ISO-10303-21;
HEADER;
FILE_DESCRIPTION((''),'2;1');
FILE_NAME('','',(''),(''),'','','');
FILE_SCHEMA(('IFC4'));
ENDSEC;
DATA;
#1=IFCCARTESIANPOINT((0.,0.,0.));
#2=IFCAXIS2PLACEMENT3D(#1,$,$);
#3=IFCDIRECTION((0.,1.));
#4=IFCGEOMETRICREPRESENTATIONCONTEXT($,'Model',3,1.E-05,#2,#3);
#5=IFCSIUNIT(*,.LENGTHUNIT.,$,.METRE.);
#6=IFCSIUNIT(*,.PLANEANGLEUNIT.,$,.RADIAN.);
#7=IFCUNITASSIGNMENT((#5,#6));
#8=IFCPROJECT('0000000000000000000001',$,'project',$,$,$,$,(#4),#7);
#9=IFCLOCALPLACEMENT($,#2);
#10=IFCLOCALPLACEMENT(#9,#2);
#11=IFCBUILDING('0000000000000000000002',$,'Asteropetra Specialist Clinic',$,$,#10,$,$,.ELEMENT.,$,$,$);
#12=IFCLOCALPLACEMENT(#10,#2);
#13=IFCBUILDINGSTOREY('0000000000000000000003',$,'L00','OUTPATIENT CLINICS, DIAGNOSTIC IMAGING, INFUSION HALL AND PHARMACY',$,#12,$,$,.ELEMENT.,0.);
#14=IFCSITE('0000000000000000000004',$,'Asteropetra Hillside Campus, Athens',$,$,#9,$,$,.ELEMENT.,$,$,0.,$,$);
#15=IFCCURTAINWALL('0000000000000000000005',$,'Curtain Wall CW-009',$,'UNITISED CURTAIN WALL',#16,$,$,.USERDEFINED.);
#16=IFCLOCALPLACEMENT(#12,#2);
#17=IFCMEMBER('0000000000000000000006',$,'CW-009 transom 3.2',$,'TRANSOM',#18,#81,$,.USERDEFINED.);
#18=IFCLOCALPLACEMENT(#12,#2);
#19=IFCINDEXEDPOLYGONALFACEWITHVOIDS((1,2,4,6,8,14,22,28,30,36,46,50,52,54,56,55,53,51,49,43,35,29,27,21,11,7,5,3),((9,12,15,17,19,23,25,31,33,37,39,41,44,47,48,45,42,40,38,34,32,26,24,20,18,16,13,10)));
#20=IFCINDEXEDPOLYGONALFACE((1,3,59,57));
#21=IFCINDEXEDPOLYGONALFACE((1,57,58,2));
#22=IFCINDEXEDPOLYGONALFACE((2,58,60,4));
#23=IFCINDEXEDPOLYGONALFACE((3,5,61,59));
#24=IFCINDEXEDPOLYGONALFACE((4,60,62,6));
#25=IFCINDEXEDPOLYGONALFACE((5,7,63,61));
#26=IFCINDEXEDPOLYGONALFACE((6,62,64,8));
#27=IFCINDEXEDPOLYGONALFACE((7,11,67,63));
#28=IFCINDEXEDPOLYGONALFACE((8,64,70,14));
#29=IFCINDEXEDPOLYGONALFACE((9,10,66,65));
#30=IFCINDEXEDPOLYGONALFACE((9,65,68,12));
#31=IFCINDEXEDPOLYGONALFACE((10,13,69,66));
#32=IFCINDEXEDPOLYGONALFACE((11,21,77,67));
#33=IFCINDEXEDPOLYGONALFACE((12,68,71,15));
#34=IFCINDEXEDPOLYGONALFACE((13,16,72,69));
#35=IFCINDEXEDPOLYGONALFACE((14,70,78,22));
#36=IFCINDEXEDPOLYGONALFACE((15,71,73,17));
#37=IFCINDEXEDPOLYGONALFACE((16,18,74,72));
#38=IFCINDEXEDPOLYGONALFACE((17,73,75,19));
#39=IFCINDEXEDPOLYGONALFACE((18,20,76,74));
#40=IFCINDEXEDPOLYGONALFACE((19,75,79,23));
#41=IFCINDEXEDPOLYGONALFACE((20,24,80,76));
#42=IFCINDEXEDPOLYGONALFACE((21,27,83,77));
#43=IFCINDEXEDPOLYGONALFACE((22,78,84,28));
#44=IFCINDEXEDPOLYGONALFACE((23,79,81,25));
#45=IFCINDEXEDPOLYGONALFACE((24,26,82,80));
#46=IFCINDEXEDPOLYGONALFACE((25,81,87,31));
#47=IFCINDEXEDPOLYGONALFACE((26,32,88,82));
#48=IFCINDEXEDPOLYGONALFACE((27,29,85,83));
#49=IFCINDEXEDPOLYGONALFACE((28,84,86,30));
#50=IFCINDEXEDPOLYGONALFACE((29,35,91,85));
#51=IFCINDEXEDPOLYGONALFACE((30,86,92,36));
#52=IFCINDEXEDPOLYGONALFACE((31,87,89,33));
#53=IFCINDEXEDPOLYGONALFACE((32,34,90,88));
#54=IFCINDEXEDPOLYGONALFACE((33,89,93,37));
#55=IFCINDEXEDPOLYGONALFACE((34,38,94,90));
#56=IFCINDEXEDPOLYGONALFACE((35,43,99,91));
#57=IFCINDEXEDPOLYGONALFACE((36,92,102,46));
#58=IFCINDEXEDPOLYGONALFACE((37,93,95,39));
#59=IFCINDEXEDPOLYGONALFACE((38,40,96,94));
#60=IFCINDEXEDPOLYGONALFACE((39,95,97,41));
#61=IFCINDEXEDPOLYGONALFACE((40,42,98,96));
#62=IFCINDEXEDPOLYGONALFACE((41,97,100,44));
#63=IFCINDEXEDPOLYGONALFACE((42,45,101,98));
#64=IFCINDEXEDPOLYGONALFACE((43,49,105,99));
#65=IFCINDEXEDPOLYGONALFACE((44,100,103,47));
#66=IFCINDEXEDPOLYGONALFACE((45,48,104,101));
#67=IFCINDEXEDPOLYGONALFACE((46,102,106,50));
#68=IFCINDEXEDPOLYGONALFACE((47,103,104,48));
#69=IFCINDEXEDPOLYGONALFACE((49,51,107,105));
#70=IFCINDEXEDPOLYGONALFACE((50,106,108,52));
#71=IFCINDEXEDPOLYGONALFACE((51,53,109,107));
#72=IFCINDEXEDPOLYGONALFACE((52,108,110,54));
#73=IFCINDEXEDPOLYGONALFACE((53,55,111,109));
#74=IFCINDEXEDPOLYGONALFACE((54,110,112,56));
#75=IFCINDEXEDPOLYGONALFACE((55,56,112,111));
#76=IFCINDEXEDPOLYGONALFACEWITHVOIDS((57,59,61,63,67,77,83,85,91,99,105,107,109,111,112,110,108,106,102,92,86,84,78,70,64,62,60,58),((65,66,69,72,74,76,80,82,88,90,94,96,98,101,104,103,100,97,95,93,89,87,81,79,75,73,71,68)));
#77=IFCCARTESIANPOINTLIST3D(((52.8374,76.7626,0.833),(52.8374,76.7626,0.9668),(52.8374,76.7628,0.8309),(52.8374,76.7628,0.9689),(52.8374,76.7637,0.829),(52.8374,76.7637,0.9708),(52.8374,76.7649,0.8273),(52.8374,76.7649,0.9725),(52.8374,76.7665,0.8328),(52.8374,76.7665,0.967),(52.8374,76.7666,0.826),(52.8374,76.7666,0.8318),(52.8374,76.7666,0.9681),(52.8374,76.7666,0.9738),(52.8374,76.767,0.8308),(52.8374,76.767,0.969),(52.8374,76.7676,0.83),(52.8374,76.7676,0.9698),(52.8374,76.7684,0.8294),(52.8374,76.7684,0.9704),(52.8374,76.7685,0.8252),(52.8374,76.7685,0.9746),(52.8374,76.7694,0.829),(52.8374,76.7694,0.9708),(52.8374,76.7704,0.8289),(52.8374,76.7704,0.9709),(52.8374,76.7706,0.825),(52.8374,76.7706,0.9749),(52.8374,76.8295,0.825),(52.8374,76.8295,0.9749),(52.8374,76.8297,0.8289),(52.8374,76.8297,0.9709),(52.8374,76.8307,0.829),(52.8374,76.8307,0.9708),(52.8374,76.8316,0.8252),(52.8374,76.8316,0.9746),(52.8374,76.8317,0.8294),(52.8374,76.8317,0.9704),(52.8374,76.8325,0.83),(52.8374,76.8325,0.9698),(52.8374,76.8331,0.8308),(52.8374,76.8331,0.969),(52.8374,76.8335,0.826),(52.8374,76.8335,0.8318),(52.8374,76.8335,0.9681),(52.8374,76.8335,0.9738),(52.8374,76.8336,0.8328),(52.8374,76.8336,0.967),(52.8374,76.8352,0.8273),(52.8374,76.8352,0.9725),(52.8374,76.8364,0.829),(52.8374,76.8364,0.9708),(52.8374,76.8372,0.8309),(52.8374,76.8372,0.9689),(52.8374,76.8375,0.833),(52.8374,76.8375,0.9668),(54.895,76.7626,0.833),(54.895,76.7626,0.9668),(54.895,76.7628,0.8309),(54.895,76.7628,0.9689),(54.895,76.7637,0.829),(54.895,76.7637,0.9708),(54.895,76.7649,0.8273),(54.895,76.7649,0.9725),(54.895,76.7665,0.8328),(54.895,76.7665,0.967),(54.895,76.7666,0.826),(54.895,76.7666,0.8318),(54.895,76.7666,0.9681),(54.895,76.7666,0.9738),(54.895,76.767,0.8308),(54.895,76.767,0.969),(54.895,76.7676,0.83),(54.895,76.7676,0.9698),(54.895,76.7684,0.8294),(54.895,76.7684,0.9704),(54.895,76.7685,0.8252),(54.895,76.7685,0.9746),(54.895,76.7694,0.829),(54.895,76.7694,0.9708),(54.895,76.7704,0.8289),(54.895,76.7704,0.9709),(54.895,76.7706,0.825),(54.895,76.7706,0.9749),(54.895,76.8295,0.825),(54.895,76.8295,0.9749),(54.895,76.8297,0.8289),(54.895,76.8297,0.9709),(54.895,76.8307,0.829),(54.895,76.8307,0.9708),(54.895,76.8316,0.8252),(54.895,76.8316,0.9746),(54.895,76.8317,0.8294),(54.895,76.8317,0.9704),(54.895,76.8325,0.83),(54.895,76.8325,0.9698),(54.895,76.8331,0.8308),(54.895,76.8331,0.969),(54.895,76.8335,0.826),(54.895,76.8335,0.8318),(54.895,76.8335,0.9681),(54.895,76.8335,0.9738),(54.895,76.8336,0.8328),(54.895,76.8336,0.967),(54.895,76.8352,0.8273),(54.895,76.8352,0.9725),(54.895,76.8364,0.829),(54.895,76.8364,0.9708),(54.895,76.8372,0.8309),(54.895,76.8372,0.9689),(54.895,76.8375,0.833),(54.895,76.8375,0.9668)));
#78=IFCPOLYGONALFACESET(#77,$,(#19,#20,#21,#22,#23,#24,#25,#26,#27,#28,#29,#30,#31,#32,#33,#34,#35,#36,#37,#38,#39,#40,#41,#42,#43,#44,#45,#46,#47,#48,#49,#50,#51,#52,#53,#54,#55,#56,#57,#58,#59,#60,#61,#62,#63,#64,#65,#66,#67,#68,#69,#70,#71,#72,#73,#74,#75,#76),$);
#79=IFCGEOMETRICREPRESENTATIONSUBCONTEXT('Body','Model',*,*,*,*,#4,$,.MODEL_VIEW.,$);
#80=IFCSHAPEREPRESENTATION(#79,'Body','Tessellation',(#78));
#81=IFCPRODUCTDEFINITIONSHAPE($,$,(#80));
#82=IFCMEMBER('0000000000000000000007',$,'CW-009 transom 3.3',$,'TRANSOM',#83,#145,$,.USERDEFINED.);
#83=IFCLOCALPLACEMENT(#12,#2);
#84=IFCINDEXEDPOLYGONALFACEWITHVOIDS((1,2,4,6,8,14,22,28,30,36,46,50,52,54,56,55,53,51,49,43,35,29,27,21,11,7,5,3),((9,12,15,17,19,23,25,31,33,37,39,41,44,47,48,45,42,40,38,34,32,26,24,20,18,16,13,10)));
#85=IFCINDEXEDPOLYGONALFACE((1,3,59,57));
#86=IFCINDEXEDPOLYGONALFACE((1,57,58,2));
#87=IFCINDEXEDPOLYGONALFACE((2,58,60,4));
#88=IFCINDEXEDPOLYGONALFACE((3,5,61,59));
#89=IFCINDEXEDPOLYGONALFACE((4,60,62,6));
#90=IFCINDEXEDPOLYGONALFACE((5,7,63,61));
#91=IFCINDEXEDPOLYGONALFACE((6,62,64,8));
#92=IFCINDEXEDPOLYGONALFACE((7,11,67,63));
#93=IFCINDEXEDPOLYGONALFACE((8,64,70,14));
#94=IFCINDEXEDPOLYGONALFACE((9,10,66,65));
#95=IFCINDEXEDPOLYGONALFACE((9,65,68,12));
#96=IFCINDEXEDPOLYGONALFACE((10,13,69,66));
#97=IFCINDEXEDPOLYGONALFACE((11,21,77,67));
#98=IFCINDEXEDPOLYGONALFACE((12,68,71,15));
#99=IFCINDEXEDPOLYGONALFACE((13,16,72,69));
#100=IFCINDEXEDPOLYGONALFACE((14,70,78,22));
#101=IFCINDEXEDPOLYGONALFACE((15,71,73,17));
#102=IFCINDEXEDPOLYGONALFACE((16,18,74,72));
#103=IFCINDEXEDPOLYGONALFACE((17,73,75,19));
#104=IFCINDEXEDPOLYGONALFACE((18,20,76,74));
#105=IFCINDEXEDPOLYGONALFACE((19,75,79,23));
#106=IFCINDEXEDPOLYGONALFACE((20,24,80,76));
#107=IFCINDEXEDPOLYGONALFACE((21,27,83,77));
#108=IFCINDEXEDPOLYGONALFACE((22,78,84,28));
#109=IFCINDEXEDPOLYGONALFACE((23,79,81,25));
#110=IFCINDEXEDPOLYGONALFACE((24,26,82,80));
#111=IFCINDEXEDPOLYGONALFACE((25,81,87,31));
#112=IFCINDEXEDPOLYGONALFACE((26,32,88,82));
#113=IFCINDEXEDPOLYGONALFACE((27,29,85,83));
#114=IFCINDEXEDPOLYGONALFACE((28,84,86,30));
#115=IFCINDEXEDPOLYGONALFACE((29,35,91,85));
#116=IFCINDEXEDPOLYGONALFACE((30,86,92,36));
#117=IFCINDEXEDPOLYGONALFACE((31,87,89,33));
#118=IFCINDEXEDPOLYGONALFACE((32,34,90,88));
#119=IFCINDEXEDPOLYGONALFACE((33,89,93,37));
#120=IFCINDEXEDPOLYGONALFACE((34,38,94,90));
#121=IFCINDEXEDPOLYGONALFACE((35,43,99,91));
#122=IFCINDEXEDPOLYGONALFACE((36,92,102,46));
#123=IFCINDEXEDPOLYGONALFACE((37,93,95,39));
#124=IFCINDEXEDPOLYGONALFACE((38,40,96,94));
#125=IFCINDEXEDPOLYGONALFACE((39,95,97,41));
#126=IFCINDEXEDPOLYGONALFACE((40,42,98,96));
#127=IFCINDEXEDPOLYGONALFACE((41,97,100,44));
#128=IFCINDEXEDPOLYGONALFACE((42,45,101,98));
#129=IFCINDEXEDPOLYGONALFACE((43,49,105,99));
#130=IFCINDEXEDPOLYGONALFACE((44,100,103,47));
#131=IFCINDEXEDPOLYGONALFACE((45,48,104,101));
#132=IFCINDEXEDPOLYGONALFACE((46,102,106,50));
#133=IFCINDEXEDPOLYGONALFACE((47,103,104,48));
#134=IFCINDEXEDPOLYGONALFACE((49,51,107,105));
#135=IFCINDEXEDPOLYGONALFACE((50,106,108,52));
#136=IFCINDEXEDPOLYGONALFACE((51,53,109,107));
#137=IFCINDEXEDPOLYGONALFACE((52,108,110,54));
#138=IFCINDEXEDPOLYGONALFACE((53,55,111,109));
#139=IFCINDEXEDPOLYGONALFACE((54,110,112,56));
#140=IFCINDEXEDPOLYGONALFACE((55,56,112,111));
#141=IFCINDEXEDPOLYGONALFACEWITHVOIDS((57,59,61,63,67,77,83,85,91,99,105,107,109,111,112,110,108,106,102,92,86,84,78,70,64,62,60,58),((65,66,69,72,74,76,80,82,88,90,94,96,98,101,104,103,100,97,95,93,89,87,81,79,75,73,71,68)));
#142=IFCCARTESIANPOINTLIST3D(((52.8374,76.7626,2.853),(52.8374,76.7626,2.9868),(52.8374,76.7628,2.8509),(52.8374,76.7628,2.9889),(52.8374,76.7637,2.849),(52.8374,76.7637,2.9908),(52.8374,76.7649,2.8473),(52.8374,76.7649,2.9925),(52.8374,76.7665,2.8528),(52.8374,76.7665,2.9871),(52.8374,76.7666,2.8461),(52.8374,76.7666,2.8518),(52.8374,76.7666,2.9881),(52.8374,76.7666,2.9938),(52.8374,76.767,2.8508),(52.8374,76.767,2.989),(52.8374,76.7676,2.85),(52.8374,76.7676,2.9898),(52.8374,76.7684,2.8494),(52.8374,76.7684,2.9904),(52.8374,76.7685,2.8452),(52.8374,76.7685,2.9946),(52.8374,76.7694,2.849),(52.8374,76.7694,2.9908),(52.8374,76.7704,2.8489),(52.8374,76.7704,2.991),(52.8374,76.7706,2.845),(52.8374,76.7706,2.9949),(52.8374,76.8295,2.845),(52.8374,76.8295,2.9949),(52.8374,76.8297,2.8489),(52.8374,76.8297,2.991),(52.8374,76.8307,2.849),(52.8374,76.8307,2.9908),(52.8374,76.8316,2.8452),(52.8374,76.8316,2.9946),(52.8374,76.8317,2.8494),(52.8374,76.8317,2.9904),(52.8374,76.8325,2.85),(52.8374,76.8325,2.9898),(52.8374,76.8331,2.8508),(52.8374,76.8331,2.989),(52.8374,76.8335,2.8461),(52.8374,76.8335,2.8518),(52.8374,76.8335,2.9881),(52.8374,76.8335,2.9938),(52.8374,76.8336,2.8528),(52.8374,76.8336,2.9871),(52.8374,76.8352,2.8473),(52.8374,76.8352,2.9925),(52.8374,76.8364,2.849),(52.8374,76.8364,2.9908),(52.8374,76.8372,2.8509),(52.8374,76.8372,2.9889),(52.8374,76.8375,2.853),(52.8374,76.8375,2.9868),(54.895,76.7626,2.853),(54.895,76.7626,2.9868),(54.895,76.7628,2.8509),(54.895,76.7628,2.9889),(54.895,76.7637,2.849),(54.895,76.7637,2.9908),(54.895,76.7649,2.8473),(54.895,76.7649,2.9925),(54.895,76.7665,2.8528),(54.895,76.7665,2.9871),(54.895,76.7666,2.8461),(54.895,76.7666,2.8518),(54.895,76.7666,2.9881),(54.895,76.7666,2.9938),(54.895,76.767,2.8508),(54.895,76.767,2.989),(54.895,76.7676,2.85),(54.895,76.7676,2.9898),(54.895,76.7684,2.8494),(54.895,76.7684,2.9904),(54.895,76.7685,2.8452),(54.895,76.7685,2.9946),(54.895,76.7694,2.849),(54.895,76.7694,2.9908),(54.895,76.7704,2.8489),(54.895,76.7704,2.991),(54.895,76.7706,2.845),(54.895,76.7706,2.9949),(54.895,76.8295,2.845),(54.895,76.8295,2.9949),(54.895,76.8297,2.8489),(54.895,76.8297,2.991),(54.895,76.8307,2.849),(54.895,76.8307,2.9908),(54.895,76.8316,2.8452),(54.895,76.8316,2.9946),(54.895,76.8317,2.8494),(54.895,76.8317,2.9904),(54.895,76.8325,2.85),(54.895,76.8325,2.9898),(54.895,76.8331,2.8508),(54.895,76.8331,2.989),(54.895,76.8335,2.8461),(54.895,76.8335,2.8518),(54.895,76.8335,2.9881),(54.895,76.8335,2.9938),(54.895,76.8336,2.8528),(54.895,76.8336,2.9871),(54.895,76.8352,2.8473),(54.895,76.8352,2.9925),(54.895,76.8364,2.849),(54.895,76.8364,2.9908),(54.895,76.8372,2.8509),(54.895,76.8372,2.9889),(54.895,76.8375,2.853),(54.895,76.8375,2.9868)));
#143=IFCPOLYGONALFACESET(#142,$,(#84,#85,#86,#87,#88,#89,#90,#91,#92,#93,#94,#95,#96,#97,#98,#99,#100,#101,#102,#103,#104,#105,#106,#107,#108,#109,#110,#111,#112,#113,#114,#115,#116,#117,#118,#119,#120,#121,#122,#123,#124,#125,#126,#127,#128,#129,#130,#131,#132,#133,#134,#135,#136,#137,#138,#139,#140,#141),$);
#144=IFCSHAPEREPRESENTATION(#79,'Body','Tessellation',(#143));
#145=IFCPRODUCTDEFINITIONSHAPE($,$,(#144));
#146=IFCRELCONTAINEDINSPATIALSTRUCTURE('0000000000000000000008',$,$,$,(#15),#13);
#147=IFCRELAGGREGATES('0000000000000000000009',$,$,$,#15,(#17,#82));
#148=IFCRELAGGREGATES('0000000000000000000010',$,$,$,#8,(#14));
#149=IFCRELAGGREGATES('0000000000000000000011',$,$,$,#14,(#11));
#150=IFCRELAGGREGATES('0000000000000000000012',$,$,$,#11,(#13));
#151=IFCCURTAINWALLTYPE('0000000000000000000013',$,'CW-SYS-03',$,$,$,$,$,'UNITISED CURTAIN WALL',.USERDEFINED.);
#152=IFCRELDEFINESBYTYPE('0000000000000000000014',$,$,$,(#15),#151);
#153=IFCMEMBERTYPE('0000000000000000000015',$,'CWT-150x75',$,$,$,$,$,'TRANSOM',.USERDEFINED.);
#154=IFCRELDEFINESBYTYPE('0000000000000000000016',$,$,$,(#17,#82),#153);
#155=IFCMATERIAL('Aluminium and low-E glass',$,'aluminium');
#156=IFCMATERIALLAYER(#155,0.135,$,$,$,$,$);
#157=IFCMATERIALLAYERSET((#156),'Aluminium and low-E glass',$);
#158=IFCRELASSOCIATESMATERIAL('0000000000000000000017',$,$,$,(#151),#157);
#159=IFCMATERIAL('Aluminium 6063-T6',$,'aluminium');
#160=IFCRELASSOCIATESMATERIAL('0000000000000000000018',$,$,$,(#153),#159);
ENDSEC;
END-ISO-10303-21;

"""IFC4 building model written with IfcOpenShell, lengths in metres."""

from ifc_helpers import new_model, si_unit, direction, frame, origin, origin_2d, place, context, subcontext, project, spatial, hollow_rectangle, extrude, material, layer, layer_set, material_profile, profile_set, type_object, element, aggregate, save


model = new_model("IFC4")

# Units and contexts
model_context = context("Model", 3, precision=1e-05, world=origin(), true_north=direction((0.0, 1.0)))
body_context = subcontext(model_context, "Body", "Model", "MODEL_VIEW")
ifc_project = project(units=[si_unit("LENGTHUNIT", "METRE"), si_unit("PLANEANGLEUNIT", "RADIAN")], contexts=[model_context])

# Site, building, storey
site_placement = place(None, origin())
site = spatial("IfcSite", under=ifc_project, at=site_placement, Name="Asteropetra Hillside Campus, Athens", CompositionType="ELEMENT", RefElevation=0.0)
building_placement = place(site_placement, origin())
building = spatial("IfcBuilding", under=site, at=building_placement, Name="Asteropetra Specialist Clinic", CompositionType="ELEMENT")
storey_placement = place(building_placement, origin())
storey = spatial("IfcBuildingStorey", under=building, at=storey_placement, Name="L00", Description="OUTPATIENT CLINICS, DIAGNOSTIC IMAGING, INFUSION HALL AND PHARMACY", CompositionType="ELEMENT", Elevation=0.0)

# Curtain wall, members
ifc_material_1 = material(Name="Aluminium and low-E glass", Category="aluminium")
ifc_layer_1 = layer(ifc_material_1, 0.135)
ifc_layer_set_1 = layer_set([ifc_layer_1], Name="Aluminium and low-E glass")
curtain_wall_type = type_object("IfcCurtainWallType", Name="CW-SYS-03", ElementType="UNITISED CURTAIN WALL", PredefinedType="USERDEFINED", material=ifc_layer_set_1)
curtain_wall_placement = place(storey_placement, origin())
curtain_wall = element("IfcCurtainWall", 1, at=curtain_wall_placement, inside=storey, type_object=curtain_wall_type, Name="Curtain Wall CW-009", ObjectType="UNITISED CURTAIN WALL", PredefinedType="USERDEFINED")
ifc_material_2 = material(Name="Aluminium 6063-T6", Category="aluminium")
ifc_material_profile_1 = material_profile(ifc_material_2, hollow_rectangle(XDim=0.075, YDim=0.1499, WallThickness=0.0039, InnerFilletRadius=0.0039, OuterFilletRadius=0.0081, at=origin_2d()), Name="TRN 150x75x4.0")
ifc_profile_set_1 = profile_set([ifc_material_profile_1], Name="Aluminium 6063-T6")
member_type_1 = type_object("IfcMemberType", Name="CWT-150x75", ElementType="TRANSOM", PredefinedType="USERDEFINED", material=ifc_profile_set_1)
member_1_placement = place(storey_placement, frame((52.8374, 76.8, 0.8999), z_axis=(1.0, 0.0, 0.0), x_axis=(0.0, 1.0, 0.0)))
member_1 = element("IfcMember", 2, at=member_1_placement, type_object=member_type_1, Name="CW-009 transom 3.2", ObjectType="TRANSOM", PredefinedType="USERDEFINED", context=body_context, shape_type="SweptSolid", body=[
    extrude(hollow_rectangle(XDim=0.075, YDim=0.1499, WallThickness=0.0039, InnerFilletRadius=0.0039, OuterFilletRadius=0.0081, at=origin_2d()), origin(), (0.0, 0.0, 1.0), 2.0576),
])
member_2_placement = place(storey_placement, frame((52.8374, 76.8, 2.9199), z_axis=(1.0, 0.0, 0.0), x_axis=(0.0, 1.0, 0.0)))
member_2 = element("IfcMember", 3, at=member_2_placement, type_object=member_type_1, Name="CW-009 transom 3.3", ObjectType="TRANSOM", PredefinedType="USERDEFINED", context=body_context, shape_type="SweptSolid", body=[
    extrude(hollow_rectangle(XDim=0.075, YDim=0.1499, WallThickness=0.0039, InnerFilletRadius=0.0039, OuterFilletRadius=0.0081, at=origin_2d()), origin(), (0.0, 0.0, 1.0), 2.0576),
])
aggregate(curtain_wall, [member_1, member_2])

save(model, "model.ifc")
